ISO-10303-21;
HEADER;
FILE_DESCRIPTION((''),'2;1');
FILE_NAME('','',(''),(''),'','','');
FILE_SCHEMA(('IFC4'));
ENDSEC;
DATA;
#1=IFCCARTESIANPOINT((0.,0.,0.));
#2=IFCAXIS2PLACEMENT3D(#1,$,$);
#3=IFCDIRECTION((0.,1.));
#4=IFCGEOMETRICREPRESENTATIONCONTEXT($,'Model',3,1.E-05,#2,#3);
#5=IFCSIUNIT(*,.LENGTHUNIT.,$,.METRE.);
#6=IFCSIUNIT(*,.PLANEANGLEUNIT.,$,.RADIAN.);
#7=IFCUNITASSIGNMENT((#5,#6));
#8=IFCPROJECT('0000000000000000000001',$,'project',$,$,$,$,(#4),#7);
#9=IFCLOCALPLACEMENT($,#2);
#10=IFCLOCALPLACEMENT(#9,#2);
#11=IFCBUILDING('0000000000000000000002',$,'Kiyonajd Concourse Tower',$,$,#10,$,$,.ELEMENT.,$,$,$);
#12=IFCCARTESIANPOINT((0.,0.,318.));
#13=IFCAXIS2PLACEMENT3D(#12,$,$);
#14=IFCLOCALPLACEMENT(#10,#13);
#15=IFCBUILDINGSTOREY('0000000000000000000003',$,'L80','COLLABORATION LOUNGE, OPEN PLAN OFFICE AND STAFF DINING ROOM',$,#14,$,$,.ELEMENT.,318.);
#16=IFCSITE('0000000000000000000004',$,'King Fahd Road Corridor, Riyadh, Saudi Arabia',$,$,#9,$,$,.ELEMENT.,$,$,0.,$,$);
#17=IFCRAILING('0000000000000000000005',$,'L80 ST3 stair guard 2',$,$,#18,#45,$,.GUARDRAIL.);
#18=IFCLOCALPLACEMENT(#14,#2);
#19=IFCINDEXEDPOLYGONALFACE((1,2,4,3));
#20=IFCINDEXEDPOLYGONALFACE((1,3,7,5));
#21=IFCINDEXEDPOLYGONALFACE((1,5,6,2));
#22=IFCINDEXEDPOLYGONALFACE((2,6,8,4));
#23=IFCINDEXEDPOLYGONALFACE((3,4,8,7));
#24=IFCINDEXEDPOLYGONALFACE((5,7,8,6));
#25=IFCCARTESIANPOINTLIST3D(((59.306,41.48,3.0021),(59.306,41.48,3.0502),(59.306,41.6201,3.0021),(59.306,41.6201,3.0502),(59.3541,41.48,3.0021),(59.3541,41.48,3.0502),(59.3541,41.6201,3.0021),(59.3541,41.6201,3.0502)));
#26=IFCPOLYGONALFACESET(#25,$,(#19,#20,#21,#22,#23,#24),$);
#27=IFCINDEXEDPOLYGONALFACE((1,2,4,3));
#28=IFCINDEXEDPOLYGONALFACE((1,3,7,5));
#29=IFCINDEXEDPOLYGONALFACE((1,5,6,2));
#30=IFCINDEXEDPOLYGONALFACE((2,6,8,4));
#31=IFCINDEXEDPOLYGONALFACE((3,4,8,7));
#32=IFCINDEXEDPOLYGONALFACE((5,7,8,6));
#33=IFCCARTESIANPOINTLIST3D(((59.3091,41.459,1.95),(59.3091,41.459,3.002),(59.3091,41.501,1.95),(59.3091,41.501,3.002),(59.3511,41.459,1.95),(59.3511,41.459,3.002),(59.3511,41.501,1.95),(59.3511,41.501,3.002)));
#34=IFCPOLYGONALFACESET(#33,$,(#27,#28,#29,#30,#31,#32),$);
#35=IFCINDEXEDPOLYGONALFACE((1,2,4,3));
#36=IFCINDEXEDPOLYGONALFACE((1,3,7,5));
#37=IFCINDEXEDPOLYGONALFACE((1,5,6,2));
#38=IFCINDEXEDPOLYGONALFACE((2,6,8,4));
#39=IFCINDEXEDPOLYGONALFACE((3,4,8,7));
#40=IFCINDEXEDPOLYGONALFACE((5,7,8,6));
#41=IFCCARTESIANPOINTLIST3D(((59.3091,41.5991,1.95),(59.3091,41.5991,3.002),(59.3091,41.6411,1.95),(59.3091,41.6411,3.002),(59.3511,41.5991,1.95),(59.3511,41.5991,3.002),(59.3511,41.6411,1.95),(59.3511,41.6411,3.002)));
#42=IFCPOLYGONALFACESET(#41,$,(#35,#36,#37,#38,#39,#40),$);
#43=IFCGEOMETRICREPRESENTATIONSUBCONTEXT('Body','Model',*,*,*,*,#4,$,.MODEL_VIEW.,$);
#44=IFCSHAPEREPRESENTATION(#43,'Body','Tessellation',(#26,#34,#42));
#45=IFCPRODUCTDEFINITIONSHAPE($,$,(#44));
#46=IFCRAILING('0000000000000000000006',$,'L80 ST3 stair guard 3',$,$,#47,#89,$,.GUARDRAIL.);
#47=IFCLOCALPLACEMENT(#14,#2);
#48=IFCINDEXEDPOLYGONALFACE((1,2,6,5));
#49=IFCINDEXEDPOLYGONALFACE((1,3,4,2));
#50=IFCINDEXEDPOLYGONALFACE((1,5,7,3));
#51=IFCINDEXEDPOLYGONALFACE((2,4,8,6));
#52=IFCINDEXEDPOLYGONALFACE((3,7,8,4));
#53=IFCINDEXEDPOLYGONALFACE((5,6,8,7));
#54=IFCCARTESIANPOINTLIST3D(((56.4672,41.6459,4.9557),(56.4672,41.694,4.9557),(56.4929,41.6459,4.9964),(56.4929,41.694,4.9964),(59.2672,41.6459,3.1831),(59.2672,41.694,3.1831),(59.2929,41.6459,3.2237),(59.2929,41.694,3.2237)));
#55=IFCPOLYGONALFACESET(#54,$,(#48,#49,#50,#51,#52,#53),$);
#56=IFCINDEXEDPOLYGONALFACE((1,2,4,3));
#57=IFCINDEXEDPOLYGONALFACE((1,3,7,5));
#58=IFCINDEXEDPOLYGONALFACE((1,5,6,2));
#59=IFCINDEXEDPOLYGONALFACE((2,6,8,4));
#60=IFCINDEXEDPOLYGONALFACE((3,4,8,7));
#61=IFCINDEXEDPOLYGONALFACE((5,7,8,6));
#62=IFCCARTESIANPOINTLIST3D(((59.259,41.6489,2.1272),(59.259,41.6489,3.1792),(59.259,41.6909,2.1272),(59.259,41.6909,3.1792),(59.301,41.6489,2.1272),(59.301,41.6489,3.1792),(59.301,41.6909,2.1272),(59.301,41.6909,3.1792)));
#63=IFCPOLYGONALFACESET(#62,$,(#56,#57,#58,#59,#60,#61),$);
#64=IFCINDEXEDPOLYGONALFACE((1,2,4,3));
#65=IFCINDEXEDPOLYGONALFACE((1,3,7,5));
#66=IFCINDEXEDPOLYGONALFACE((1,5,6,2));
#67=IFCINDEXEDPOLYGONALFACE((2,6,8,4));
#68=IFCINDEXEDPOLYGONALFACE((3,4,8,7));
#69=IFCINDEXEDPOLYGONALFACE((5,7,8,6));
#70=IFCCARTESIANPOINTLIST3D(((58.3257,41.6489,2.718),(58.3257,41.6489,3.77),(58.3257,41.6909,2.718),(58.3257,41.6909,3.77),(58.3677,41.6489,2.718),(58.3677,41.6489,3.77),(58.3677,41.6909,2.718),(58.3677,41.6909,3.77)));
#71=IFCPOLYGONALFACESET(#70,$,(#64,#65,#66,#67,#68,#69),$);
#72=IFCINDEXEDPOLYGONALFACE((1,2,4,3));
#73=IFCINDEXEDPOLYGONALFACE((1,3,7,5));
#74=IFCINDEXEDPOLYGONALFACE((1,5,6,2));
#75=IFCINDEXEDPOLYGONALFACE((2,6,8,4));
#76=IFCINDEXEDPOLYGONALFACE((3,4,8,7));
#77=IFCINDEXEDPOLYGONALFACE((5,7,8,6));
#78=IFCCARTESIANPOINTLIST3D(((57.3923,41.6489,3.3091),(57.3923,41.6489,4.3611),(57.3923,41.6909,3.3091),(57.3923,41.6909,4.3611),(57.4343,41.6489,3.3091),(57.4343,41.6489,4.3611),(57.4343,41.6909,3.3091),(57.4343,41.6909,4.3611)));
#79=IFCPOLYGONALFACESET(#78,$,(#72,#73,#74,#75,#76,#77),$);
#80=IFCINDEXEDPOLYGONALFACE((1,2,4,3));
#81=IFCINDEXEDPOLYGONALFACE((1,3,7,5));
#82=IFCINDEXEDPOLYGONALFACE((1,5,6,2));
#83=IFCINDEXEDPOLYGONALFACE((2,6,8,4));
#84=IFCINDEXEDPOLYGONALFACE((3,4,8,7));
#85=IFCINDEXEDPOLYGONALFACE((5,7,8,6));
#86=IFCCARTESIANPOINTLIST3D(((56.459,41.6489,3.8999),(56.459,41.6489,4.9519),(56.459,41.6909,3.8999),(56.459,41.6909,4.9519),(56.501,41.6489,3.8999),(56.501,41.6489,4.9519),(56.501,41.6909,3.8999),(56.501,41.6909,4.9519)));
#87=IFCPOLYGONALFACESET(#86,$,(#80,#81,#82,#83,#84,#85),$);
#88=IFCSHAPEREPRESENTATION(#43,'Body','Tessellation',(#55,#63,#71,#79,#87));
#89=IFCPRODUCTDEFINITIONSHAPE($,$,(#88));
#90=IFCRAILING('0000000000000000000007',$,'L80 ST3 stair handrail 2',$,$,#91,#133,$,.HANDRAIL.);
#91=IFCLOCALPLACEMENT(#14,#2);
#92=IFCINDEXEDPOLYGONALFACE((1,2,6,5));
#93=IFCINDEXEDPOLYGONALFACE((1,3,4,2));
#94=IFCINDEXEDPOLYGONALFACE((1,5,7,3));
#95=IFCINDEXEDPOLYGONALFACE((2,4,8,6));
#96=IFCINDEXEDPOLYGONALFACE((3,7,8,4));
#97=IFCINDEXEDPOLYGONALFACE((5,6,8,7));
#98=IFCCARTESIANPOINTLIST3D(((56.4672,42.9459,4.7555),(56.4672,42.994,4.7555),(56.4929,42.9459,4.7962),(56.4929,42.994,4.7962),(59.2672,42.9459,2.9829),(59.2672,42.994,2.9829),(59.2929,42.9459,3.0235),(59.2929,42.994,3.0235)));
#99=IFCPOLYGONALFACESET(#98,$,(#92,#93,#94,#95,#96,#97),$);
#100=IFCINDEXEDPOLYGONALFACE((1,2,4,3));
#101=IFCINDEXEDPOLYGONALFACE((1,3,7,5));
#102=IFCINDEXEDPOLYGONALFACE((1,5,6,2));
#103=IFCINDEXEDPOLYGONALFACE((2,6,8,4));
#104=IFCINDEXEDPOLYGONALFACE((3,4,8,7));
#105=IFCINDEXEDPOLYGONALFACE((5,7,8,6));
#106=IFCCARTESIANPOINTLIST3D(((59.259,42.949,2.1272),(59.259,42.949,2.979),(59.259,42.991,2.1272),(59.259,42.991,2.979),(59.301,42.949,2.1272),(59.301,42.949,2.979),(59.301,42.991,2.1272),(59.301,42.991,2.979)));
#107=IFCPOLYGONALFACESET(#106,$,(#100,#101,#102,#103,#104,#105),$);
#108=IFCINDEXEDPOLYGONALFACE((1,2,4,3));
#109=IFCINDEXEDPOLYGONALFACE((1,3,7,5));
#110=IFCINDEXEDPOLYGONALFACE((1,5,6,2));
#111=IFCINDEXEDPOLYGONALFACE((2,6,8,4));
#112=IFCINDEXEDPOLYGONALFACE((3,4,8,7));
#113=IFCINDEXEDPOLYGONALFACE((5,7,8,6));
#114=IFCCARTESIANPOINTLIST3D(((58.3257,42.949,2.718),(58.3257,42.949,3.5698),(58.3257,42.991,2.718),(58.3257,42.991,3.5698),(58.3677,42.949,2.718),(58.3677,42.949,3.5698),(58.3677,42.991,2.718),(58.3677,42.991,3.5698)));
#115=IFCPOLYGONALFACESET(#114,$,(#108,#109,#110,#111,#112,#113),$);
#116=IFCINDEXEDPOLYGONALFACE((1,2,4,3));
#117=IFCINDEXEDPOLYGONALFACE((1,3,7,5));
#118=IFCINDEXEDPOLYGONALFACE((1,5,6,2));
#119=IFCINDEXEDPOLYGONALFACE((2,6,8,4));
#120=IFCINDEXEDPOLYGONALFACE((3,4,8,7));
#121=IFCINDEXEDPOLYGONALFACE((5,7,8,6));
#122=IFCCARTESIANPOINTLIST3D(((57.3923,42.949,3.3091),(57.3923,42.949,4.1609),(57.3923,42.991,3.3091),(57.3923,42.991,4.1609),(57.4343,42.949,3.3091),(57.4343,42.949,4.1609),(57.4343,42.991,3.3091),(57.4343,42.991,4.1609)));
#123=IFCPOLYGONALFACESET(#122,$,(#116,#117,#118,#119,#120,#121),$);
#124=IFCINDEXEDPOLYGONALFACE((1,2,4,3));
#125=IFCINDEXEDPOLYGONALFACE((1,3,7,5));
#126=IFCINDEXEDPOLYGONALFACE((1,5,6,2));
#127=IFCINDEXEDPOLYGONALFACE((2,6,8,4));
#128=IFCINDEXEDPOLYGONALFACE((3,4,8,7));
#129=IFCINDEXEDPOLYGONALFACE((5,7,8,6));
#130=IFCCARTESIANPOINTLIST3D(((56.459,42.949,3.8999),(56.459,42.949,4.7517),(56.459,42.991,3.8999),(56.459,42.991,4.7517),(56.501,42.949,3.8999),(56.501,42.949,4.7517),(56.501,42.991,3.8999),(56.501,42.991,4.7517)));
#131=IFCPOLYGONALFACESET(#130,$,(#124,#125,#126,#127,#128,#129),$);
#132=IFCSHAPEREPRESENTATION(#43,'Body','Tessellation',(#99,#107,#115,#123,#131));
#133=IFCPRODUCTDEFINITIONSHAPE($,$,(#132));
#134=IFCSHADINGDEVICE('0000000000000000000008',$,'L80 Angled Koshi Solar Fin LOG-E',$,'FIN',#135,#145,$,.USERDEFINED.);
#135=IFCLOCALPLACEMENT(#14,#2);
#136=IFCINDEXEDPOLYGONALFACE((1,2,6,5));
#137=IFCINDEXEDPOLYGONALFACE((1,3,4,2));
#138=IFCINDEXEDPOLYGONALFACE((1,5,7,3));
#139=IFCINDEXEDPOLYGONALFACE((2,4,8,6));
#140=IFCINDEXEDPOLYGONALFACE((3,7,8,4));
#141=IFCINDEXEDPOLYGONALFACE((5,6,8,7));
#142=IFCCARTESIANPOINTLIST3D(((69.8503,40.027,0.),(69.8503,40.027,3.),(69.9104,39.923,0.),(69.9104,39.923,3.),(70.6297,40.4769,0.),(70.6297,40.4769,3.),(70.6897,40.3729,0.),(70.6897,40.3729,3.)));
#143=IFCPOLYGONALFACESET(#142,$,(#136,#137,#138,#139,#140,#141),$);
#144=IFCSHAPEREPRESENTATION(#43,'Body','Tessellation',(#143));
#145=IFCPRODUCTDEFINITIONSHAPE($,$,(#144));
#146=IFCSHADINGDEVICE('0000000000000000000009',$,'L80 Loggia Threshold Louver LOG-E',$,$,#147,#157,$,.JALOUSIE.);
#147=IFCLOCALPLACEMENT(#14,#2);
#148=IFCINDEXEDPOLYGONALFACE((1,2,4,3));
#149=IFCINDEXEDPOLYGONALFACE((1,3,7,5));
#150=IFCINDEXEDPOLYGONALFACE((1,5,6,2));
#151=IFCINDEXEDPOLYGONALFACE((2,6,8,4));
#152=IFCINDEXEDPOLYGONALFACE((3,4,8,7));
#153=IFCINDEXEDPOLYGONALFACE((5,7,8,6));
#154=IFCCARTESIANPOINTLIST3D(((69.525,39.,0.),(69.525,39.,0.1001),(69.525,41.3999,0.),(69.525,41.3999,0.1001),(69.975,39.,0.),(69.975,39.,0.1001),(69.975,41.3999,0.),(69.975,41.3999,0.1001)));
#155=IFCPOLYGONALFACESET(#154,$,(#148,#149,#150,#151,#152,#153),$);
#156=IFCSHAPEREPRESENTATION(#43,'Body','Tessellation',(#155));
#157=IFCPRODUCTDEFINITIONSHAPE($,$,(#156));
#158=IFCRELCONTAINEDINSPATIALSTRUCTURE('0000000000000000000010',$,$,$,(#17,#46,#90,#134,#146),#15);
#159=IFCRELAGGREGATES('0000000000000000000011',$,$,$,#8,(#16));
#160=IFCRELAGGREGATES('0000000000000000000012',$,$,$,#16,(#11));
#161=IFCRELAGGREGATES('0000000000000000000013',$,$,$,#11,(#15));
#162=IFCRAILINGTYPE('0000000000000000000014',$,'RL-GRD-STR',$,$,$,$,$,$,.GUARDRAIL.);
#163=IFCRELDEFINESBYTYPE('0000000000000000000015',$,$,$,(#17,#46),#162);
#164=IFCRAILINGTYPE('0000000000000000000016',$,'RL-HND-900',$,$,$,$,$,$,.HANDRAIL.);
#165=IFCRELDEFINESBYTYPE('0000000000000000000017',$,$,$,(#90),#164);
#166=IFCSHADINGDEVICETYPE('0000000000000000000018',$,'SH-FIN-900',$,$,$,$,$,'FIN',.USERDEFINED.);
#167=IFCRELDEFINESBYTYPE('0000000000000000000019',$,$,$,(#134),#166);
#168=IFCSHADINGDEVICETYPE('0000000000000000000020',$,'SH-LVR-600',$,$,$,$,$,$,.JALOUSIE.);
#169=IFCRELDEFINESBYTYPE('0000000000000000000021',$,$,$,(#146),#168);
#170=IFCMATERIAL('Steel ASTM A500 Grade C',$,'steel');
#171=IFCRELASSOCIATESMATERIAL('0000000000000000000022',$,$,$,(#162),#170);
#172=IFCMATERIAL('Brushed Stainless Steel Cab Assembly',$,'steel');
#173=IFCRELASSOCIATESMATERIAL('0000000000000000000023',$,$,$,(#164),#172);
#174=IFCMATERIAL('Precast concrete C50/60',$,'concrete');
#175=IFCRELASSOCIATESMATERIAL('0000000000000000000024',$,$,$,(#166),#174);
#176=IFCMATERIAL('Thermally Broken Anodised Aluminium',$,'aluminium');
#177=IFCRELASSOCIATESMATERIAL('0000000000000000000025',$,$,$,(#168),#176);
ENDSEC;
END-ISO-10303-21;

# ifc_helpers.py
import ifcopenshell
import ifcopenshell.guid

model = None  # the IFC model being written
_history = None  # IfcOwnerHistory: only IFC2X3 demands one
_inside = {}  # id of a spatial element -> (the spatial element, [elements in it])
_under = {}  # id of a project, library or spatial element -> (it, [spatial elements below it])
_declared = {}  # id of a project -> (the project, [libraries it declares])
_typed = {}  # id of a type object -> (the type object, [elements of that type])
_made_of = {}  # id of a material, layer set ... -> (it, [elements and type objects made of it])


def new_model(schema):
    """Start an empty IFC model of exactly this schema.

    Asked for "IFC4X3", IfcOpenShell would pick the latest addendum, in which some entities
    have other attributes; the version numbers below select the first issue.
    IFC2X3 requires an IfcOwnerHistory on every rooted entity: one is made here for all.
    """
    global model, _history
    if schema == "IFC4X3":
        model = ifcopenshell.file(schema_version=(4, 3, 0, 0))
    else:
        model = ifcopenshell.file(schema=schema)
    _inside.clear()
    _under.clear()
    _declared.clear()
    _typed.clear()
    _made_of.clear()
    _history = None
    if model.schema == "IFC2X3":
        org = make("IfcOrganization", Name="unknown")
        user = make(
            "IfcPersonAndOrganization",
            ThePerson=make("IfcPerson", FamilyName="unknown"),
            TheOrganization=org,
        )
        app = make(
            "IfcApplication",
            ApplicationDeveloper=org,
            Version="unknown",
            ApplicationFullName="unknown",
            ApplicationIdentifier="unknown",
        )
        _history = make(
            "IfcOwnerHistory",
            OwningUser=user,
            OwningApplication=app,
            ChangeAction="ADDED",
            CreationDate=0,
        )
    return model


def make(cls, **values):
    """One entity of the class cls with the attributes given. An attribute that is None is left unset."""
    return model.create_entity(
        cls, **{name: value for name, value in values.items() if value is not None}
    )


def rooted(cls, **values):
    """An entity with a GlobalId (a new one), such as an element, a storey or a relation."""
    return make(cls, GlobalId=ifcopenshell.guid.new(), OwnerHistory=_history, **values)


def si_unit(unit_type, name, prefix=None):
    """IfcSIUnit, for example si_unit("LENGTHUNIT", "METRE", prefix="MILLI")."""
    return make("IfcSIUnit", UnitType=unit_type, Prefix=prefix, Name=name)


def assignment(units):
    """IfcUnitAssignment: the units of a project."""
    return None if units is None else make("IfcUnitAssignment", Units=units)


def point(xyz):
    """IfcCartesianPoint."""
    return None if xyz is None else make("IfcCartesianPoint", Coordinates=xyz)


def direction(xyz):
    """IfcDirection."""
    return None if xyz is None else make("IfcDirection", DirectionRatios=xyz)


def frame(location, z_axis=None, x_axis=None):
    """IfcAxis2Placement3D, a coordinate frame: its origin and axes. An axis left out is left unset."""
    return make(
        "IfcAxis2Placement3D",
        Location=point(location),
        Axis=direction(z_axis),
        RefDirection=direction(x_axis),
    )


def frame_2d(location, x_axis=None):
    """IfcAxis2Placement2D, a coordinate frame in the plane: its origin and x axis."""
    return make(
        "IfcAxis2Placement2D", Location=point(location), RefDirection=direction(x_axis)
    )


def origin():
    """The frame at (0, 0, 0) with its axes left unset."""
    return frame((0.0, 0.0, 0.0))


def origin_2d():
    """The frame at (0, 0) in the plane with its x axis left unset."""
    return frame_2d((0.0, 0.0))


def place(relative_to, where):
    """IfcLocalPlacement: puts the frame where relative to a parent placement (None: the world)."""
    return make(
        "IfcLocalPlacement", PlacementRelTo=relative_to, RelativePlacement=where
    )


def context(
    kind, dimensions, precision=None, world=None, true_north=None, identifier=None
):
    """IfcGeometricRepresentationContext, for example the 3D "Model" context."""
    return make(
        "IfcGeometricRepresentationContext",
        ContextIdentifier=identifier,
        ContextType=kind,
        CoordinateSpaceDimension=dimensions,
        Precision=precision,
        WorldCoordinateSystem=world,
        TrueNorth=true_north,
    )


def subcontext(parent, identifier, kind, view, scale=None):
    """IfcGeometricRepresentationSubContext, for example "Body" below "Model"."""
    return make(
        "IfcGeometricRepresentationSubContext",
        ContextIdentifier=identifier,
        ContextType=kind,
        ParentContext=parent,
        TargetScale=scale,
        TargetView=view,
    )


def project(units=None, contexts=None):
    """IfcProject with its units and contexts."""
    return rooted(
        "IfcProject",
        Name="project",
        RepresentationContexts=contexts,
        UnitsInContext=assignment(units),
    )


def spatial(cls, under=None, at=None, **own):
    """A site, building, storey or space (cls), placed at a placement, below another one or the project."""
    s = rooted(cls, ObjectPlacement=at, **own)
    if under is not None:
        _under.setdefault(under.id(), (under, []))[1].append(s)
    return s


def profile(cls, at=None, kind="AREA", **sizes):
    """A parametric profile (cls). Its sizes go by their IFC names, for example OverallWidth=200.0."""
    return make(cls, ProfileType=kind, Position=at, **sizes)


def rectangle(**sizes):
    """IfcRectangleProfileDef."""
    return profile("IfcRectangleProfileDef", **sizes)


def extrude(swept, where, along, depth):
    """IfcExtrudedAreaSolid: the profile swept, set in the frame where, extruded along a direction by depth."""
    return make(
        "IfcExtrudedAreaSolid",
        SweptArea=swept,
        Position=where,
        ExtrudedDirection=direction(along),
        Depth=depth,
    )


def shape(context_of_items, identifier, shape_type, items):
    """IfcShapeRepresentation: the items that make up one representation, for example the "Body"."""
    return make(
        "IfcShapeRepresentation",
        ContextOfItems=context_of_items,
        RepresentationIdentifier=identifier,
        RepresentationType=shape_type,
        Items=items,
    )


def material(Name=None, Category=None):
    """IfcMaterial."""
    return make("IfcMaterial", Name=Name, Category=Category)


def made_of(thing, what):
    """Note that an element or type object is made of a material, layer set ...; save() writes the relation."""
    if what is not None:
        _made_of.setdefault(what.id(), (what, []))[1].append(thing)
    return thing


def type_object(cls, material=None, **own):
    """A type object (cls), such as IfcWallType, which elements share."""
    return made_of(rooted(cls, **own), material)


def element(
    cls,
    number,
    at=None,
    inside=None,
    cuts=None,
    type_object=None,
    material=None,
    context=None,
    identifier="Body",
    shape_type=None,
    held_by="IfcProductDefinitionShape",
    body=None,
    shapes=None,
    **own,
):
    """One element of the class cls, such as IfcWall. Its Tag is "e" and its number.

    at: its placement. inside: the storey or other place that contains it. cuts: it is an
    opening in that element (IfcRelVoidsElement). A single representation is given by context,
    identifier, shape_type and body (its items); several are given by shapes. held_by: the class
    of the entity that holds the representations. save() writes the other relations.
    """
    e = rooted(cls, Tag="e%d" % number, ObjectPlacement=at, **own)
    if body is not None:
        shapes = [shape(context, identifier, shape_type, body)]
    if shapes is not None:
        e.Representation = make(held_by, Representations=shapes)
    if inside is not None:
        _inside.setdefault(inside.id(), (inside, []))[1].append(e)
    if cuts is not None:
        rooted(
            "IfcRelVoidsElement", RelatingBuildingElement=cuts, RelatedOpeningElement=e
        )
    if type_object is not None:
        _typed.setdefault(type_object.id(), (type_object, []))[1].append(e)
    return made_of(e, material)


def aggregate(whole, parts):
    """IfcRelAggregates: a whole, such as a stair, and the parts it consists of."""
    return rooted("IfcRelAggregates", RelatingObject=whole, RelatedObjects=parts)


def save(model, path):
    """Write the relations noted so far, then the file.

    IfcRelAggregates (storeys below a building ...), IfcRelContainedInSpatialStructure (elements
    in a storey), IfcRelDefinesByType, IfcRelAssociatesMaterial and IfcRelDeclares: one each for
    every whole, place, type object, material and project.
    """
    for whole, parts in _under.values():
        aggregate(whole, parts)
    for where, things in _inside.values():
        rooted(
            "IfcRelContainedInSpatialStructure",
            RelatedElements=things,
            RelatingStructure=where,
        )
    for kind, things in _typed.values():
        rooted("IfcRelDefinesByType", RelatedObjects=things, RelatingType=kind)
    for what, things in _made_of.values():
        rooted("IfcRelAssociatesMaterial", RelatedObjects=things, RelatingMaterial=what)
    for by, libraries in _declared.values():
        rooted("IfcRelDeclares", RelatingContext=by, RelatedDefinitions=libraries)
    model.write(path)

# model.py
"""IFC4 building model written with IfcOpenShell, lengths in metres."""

from ifc_helpers import new_model, si_unit, direction, frame, origin, origin_2d, place, context, subcontext, project, spatial, rectangle, extrude, material, type_object, element, save


model = new_model("IFC4")

# Units and contexts
model_context = context("Model", 3, precision=1e-05, world=origin(), true_north=direction((0.0, 1.0)))
body_context = subcontext(model_context, "Body", "Model", "MODEL_VIEW")
ifc_project = project(units=[si_unit("LENGTHUNIT", "METRE"), si_unit("PLANEANGLEUNIT", "RADIAN")], contexts=[model_context])

# Site, building, storey
site_placement = place(None, origin())
site = spatial("IfcSite", under=ifc_project, at=site_placement, Name="King Fahd Road Corridor, Riyadh, Saudi Arabia", CompositionType="ELEMENT", RefElevation=0.0)
building_placement = place(site_placement, origin())
building = spatial("IfcBuilding", under=site, at=building_placement, Name="Kiyonajd Concourse Tower", CompositionType="ELEMENT")
storey_placement = place(building_placement, frame((0.0, 0.0, 318.0)))
storey = spatial("IfcBuildingStorey", under=building, at=storey_placement, Name="L80", Description="COLLABORATION LOUNGE, OPEN PLAN OFFICE AND STAFF DINING ROOM", CompositionType="ELEMENT", Elevation=318.0)

# Shared definitions
ifc_material_1 = material(Name="Thermally Broken Anodised Aluminium", Category="aluminium")

# Shared definitions
ifc_material_2 = material(Name="Precast concrete C50/60", Category="concrete")

# Shared definitions
ifc_material_3 = material(Name="Brushed Stainless Steel Cab Assembly", Category="steel")

# Railings
ifc_material_4 = material(Name="Steel ASTM A500 Grade C", Category="steel")
railing_type_1 = type_object("IfcRailingType", Name="RL-GRD-STR", PredefinedType="GUARDRAIL", material=ifc_material_4)
railing_1_placement = place(storey_placement, frame((59.3301, 41.48, 1.95)))
element("IfcRailing", 1, at=railing_1_placement, inside=storey, type_object=railing_type_1, Name="L80 ST3 stair guard 2", PredefinedType="GUARDRAIL", context=body_context, shape_type="SweptSolid", body=[
    extrude(rectangle(XDim=0.0481, YDim=0.0481, at=origin_2d()), frame((0.0, 0.0, 1.0762), z_axis=(0.0, 1.0, 0.0), x_axis=(-1.0, 0.0, 0.0)), (0.0, 0.0, 1.0), 0.1401),
    extrude(rectangle(XDim=0.042, YDim=0.042, at=origin_2d()), origin(), (0.0, 0.0, 1.0), 1.052),
    extrude(rectangle(XDim=0.042, YDim=0.042, at=origin_2d()), frame((0.0, 0.1401, 0.0)), (0.0, 0.0, 1.0), 1.052),
])
railing_2_placement = place(storey_placement, frame((59.28, 41.6699, 2.1272)))
element("IfcRailing", 2, at=railing_2_placement, inside=storey, type_object=railing_type_1, Name="L80 ST3 stair guard 3", PredefinedType="GUARDRAIL", context=body_context, shape_type="SweptSolid", body=[
    extrude(rectangle(XDim=0.0481, YDim=0.0481, at=origin_2d()), frame((0.0, 0.0, 1.0762), z_axis=(-0.844909, 0.0, 0.53491), x_axis=(0.0, -1.0, 0.0)), (0.0, 0.0, 1.0), 3.314),
    extrude(rectangle(XDim=0.042, YDim=0.042, at=origin_2d()), origin(), (0.0, 0.0, 1.0), 1.052),
    extrude(rectangle(XDim=0.042, YDim=0.042, at=origin_2d()), frame((-0.9333, 0.0, 0.5908)), (0.0, 0.0, 1.0), 1.052),
    extrude(rectangle(XDim=0.042, YDim=0.042, at=origin_2d()), frame((-1.8667, 0.0, 1.1819)), (0.0, 0.0, 1.0), 1.052),
    extrude(rectangle(XDim=0.042, YDim=0.042, at=origin_2d()), frame((-2.8, 0.0, 1.7727)), (0.0, 0.0, 1.0), 1.052),
])
railing_type_2 = type_object("IfcRailingType", Name="RL-HND-900", PredefinedType="HANDRAIL", material=ifc_material_3)
railing_3_placement = place(storey_placement, frame((59.28, 42.97, 2.1272)))
element("IfcRailing", 3, at=railing_3_placement, inside=storey, type_object=railing_type_2, Name="L80 ST3 stair handrail 2", PredefinedType="HANDRAIL", context=body_context, shape_type="SweptSolid", body=[
    extrude(rectangle(XDim=0.0481, YDim=0.0481, at=origin_2d()), frame((0.0, 0.0, 0.876), z_axis=(-0.844909, 0.0, 0.53491), x_axis=(0.0, -1.0, 0.0)), (0.0, 0.0, 1.0), 3.314),
    extrude(rectangle(XDim=0.042, YDim=0.042, at=origin_2d()), origin(), (0.0, 0.0, 1.0), 0.8518),
    extrude(rectangle(XDim=0.042, YDim=0.042, at=origin_2d()), frame((-0.9333, 0.0, 0.5908)), (0.0, 0.0, 1.0), 0.8518),
    extrude(rectangle(XDim=0.042, YDim=0.042, at=origin_2d()), frame((-1.8667, 0.0, 1.1819)), (0.0, 0.0, 1.0), 0.8518),
    extrude(rectangle(XDim=0.042, YDim=0.042, at=origin_2d()), frame((-2.8, 0.0, 1.7727)), (0.0, 0.0, 1.0), 0.8518),
])

# Shading devices
shading_device_type_1 = type_object("IfcShadingDeviceType", Name="SH-FIN-900", ElementType="FIN", PredefinedType="USERDEFINED", material=ifc_material_2)
shading_device_1_placement = place(storey_placement, frame((70.27, 40.2, 0.0), z_axis=(0.0, 0.0, 1.0), x_axis=(0.866025, 0.5, 0.0)))
element("IfcShadingDevice", 4, at=shading_device_1_placement, inside=storey, type_object=shading_device_type_1, Name="L80 Angled Koshi Solar Fin LOG-E", ObjectType="FIN", PredefinedType="USERDEFINED", context=body_context, shape_type="SweptSolid", body=[
    extrude(rectangle(XDim=0.8999, YDim=0.1201, at=origin_2d()), origin(), (0.0, 0.0, 1.0), 3.0),
])
shading_device_type_2 = type_object("IfcShadingDeviceType", Name="SH-LVR-600", PredefinedType="JALOUSIE", material=ifc_material_1)
shading_device_2_placement = place(storey_placement, frame((69.75, 40.2, 0.0), z_axis=(0.0, 0.0, 1.0), x_axis=(0.0, 1.0, 0.0)))
element("IfcShadingDevice", 5, at=shading_device_2_placement, inside=storey, type_object=shading_device_type_2, Name="L80 Loggia Threshold Louver LOG-E", PredefinedType="JALOUSIE", context=body_context, shape_type="SweptSolid", body=[
    extrude(rectangle(XDim=2.3999, YDim=0.45, at=origin_2d()), origin(), (0.0, 0.0, 1.0), 0.1001),
])

save(model, "model.ifc")
